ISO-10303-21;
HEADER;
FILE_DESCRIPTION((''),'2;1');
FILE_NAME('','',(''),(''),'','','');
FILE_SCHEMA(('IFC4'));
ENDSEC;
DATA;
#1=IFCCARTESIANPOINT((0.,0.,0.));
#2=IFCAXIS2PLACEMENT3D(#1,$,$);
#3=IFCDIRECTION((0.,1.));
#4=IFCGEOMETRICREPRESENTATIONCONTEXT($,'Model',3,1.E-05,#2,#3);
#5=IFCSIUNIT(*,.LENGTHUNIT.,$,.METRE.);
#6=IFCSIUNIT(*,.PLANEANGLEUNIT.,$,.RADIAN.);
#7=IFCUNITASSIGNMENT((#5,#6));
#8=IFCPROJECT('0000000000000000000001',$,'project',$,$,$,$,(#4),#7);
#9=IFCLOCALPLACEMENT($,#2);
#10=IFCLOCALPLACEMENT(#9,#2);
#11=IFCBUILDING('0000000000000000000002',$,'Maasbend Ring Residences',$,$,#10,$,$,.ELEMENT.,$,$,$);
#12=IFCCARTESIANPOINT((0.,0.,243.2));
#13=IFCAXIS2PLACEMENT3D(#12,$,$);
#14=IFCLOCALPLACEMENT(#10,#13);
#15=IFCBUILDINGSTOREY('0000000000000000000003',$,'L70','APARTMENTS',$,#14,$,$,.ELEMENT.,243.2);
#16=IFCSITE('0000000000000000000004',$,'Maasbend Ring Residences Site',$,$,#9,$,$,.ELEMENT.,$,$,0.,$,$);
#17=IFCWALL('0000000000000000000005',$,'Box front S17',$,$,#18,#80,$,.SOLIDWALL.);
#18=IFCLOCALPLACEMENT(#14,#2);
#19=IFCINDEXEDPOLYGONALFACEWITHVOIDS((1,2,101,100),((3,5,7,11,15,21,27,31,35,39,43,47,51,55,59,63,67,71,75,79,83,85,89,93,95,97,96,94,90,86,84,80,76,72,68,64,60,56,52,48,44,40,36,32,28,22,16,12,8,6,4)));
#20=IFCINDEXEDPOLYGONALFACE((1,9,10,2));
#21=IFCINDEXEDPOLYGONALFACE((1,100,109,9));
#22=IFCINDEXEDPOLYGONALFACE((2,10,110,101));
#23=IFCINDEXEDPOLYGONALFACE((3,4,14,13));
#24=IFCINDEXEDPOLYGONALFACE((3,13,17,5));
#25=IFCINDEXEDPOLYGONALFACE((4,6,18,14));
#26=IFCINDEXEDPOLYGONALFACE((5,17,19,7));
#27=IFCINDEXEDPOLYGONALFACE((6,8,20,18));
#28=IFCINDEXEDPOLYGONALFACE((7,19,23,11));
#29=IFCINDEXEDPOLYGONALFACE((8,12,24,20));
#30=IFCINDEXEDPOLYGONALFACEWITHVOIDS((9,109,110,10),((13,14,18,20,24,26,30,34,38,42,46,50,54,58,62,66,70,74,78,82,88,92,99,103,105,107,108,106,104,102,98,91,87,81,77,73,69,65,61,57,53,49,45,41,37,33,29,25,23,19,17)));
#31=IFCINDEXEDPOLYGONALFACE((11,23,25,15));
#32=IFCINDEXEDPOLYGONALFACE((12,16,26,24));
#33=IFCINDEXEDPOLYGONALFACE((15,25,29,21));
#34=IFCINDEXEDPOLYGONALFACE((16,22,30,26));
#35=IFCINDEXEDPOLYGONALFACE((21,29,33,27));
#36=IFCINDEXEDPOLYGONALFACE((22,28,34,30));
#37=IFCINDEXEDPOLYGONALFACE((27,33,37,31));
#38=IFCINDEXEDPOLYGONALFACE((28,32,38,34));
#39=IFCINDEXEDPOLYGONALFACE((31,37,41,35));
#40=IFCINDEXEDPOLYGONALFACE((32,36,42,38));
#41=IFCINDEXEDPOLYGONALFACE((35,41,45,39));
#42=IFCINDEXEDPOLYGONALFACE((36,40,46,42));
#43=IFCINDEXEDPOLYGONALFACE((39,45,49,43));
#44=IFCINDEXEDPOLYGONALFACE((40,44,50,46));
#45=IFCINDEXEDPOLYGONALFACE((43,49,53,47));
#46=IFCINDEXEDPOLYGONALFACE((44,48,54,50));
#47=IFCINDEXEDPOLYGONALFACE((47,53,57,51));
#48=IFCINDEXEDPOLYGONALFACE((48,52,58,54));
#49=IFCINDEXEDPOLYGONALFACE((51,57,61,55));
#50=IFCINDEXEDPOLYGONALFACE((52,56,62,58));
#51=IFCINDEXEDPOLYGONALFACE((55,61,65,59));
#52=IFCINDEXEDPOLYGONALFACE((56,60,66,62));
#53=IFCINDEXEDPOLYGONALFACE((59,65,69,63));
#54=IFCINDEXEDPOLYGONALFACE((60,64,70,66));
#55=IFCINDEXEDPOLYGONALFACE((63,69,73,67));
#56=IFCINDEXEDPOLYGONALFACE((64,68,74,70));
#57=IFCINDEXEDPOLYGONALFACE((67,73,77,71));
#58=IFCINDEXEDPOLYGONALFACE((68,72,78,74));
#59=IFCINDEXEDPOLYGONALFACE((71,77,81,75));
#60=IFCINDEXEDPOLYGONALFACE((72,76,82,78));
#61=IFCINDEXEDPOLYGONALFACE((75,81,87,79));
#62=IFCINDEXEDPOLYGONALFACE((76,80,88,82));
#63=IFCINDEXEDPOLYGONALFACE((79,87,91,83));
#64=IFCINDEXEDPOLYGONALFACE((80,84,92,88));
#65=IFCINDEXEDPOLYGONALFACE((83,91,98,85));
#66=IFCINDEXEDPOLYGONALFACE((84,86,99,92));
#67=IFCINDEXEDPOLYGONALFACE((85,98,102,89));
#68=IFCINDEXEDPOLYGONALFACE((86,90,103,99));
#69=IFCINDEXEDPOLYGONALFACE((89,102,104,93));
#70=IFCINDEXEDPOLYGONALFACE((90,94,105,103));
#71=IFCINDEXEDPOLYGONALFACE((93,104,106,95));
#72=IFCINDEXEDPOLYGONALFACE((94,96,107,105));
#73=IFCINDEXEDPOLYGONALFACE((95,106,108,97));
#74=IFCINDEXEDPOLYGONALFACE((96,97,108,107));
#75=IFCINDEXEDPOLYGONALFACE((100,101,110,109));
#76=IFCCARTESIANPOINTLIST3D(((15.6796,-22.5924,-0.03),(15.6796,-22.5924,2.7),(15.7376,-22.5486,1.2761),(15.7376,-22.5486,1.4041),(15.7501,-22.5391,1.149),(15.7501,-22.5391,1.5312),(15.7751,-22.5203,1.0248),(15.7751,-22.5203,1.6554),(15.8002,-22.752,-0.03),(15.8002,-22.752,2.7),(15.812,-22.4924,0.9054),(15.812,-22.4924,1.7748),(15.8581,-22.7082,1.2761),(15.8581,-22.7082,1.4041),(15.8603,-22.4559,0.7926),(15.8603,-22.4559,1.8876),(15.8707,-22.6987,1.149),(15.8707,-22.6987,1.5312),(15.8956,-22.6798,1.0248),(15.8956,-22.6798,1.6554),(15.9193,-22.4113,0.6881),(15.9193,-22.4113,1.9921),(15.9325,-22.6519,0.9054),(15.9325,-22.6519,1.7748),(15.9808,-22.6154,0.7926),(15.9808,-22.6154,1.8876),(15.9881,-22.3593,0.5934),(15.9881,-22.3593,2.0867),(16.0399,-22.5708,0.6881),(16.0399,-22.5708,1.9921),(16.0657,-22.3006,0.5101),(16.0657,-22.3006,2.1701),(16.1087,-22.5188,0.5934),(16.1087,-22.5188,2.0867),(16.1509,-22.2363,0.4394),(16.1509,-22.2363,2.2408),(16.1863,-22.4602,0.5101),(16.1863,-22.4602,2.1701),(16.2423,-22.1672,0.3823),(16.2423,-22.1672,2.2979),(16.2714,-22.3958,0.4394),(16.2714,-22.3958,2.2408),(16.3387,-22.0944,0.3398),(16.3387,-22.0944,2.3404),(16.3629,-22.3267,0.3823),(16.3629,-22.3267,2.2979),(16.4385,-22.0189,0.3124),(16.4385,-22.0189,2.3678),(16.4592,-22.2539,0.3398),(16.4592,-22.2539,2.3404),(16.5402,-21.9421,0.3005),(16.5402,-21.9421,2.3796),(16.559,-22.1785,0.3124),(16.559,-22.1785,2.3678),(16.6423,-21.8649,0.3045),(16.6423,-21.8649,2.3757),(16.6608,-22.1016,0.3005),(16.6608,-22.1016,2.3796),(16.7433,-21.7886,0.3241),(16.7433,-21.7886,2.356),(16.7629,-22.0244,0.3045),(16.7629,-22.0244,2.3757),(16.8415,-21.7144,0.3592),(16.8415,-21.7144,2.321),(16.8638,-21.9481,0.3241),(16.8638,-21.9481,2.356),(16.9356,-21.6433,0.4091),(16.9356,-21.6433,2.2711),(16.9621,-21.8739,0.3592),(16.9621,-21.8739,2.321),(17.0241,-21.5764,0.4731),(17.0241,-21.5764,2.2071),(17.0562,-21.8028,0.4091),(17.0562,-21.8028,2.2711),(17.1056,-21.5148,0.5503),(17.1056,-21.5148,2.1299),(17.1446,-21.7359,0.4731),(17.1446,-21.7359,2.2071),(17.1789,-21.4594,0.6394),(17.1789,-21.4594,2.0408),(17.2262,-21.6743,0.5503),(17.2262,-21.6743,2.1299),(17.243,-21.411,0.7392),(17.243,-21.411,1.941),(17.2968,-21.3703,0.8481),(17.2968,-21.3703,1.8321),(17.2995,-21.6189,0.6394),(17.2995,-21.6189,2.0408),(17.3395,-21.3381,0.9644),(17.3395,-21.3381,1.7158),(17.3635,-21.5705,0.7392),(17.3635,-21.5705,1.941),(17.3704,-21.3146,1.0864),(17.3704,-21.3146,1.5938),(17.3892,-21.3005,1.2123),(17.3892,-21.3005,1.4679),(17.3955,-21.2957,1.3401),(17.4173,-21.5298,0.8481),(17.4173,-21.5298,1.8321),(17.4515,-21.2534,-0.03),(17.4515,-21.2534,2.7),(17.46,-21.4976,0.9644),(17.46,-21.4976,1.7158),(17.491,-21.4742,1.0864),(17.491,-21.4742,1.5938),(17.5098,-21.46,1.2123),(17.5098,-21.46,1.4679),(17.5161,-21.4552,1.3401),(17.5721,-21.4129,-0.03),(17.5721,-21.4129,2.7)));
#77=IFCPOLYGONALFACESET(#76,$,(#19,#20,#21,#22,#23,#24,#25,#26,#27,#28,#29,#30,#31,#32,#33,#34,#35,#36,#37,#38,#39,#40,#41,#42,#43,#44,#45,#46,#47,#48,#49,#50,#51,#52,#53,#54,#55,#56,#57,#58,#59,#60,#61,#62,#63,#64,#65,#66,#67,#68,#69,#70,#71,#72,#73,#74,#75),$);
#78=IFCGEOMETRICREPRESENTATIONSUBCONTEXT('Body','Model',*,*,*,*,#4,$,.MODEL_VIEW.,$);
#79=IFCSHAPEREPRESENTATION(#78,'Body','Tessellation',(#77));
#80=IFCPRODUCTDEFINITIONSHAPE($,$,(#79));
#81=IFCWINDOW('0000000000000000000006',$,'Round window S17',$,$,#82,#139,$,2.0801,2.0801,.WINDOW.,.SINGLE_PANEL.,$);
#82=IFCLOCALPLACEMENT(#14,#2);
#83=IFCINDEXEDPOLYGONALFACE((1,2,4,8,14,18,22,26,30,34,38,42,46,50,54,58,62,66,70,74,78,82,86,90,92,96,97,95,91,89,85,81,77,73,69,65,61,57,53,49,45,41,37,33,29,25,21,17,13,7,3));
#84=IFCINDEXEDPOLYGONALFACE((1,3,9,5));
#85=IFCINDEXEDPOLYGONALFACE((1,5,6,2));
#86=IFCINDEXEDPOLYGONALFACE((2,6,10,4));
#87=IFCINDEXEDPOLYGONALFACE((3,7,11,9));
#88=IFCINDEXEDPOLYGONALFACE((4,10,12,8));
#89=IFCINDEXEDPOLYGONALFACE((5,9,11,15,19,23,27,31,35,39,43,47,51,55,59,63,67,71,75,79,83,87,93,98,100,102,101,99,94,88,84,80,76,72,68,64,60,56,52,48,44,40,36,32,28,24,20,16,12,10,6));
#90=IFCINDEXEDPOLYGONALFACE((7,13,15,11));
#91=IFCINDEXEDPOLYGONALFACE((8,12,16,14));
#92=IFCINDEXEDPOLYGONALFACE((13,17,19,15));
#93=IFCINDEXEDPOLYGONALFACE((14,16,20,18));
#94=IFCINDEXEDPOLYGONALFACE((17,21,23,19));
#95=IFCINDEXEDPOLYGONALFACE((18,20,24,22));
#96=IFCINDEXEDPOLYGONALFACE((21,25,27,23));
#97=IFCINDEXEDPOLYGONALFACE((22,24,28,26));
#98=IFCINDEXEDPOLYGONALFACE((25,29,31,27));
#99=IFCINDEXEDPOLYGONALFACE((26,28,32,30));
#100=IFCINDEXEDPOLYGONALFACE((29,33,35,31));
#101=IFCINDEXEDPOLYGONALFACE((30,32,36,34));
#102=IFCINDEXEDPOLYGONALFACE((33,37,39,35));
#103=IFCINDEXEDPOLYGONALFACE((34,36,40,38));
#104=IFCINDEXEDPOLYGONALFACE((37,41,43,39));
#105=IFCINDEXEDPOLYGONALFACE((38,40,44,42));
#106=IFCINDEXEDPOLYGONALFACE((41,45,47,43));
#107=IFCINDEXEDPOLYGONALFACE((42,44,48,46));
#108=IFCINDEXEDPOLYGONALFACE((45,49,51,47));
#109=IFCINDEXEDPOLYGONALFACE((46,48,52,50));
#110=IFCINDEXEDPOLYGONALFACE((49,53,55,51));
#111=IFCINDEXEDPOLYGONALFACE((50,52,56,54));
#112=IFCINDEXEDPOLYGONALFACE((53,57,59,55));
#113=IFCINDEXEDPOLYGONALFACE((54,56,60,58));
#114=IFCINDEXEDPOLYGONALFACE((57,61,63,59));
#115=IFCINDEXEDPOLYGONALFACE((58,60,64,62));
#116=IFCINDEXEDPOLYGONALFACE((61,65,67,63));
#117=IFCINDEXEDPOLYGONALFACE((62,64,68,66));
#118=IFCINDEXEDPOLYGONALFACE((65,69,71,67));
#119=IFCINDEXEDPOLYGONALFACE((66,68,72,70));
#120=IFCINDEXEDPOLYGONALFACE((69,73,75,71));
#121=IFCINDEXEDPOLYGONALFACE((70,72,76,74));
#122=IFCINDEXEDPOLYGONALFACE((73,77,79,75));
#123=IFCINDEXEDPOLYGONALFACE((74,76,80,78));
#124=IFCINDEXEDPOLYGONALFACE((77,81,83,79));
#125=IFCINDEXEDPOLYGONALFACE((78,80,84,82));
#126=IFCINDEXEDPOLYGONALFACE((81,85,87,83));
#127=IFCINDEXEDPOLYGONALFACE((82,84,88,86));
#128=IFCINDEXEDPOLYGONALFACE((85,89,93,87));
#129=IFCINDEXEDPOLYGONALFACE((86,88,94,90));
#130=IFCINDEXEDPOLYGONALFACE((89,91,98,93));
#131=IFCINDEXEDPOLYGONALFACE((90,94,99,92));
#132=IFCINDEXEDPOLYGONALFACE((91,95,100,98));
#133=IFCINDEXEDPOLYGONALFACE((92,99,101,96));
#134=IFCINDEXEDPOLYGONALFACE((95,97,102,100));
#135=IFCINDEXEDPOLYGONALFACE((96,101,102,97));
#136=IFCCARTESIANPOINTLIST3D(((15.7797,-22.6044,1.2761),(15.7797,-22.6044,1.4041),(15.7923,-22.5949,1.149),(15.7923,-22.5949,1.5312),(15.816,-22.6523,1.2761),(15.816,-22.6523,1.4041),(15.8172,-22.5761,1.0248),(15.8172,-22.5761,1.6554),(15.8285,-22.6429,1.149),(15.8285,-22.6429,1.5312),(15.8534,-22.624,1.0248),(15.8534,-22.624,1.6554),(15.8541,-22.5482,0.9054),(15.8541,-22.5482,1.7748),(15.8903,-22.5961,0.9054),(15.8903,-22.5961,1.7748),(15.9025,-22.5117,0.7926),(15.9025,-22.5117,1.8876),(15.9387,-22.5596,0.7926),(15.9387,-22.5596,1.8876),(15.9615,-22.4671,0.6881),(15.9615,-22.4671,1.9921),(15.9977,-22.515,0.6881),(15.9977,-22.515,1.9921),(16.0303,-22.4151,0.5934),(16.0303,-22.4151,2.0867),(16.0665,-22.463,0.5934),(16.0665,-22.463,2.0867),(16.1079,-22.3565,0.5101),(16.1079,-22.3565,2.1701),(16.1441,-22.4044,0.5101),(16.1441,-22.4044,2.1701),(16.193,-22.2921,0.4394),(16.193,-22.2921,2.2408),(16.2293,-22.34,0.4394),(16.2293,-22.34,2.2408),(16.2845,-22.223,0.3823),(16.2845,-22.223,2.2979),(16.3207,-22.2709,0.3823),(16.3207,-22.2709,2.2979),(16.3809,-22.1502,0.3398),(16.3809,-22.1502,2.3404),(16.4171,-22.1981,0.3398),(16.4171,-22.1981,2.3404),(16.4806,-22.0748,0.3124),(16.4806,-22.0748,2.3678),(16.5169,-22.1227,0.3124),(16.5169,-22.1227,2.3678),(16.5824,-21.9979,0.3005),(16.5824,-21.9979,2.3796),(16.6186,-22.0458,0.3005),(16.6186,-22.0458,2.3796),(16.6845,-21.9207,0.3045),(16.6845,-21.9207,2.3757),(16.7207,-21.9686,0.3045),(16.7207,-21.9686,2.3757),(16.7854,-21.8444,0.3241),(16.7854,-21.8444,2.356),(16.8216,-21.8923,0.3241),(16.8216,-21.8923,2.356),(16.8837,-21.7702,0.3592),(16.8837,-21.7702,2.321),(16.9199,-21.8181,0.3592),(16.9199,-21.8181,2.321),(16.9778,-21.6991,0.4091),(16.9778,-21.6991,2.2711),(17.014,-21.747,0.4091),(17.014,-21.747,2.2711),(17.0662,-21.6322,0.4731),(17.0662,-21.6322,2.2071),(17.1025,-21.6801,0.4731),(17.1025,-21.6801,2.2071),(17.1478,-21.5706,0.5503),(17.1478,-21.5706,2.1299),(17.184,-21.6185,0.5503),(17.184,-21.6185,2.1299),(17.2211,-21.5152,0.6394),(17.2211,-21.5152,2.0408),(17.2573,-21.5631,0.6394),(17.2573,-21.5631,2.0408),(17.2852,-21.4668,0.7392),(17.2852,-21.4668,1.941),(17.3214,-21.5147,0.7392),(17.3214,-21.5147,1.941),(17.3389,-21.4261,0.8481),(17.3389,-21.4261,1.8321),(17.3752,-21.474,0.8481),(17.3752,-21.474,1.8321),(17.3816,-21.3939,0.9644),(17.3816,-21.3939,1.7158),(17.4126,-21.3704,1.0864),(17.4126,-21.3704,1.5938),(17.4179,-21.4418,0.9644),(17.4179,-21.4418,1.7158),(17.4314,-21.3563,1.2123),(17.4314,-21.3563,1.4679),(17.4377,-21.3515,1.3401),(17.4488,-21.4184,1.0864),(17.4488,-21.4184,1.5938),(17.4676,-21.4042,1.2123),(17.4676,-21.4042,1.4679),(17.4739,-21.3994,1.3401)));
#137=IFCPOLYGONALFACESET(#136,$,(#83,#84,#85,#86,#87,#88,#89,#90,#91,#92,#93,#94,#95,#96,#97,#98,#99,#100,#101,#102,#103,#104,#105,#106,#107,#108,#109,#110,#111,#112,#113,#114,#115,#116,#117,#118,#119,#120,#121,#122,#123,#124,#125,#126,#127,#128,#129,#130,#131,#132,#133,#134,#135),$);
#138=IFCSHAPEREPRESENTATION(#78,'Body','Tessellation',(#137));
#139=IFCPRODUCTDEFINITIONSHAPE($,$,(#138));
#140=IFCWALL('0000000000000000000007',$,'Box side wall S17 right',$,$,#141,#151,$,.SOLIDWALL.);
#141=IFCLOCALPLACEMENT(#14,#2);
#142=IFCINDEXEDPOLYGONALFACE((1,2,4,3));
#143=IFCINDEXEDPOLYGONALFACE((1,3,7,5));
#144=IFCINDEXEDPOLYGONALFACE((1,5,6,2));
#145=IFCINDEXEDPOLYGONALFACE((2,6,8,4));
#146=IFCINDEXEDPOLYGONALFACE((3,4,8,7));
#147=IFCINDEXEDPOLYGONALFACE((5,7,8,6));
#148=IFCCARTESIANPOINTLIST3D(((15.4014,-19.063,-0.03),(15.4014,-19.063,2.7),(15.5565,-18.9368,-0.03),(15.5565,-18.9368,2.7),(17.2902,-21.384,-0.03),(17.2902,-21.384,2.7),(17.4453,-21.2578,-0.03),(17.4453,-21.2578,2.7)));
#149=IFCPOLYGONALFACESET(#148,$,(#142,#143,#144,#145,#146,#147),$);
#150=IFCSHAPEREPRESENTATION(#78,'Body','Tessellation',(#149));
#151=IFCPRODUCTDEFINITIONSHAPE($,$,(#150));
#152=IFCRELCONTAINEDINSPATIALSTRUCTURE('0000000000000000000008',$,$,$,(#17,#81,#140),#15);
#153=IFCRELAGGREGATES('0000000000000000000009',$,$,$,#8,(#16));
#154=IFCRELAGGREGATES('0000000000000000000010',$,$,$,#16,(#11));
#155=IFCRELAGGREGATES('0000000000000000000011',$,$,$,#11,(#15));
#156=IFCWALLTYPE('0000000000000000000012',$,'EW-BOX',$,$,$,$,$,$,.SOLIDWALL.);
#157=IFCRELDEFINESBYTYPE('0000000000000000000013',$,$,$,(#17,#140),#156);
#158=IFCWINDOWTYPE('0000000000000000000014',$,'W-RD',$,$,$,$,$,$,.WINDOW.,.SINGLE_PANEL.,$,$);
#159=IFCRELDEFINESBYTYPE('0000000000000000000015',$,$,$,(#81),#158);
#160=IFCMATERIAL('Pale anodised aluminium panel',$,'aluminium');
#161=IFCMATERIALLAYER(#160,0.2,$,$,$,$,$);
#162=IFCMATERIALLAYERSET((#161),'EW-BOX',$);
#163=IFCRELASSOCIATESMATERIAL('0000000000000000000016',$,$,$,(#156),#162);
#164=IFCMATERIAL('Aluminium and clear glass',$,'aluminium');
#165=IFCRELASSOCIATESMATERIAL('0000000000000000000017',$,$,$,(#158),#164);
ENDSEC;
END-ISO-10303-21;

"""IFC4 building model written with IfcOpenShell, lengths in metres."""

from ifc_helpers import new_model, si_unit, direction, frame, frame_2d, origin, place, context, subcontext, project, spatial, rectangle, circle, extrude, material, layer, layer_set, type_object, element, fill, save


model = new_model("IFC4")

# Units and contexts
model_context = context("Model", 3, precision=1e-05, world=origin(), true_north=direction((0.0, 1.0)))
body_context = subcontext(model_context, "Body", "Model", "MODEL_VIEW")
ifc_project = project(units=[si_unit("LENGTHUNIT", "METRE"), si_unit("PLANEANGLEUNIT", "RADIAN")], contexts=[model_context])

# Site, building, storey
site_placement = place(None, origin())
site = spatial("IfcSite", under=ifc_project, at=site_placement, Name="Maasbend Ring Residences Site", CompositionType="ELEMENT", RefElevation=0.0)
building_placement = place(site_placement, origin())
building = spatial("IfcBuilding", under=site, at=building_placement, Name="Maasbend Ring Residences", CompositionType="ELEMENT")
storey_placement = place(building_placement, frame((0.0, 0.0, 243.2)))
storey = spatial("IfcBuildingStorey", under=building, at=storey_placement, Name="L70", Description="APARTMENTS", CompositionType="ELEMENT", Elevation=243.2)

# Wall, opening, window
ifc_material_1 = material(Name="Pale anodised aluminium panel", Category="aluminium")
ifc_layer_1 = layer(ifc_material_1, 0.2)
ifc_layer_set_1 = layer_set([ifc_layer_1], Name="EW-BOX")
wall_type_1 = type_object("IfcWallType", Name="EW-BOX", PredefinedType="SOLIDWALL", material=ifc_layer_set_1)
wall_1_placement = place(storey_placement, frame((15.74, -22.6721, -0.03), z_axis=(0.0, 0.0, 1.0), x_axis=(0.797805, 0.602916, 0.0)))
wall_1 = element("IfcWall", 1, at=wall_1_placement, inside=storey, type_object=wall_type_1, Name="Box front S17", PredefinedType="SOLIDWALL", context=body_context, shape_type="SweptSolid", body=[
    extrude(rectangle(XDim=2.2209, YDim=0.2, at=frame_2d((1.1104, 0.0))), origin(), (0.0, 0.0, 1.0), 2.73),
])
opening_1_placement = place(wall_1_placement, frame((0.0706, 0.0, 0.3301)))
opening_1 = element("IfcOpeningElement", 2, at=opening_1_placement, cuts=wall_1, PredefinedType="OPENING", context=body_context, shape_type="SweptSolid", body=[
    extrude(circle(Radius=1.04, at=frame_2d((1.04, 1.04))), frame((0.0, 0.1099, 0.0), z_axis=(0.0, -1.0, 0.0), x_axis=(1.0, 0.0, 0.0)), (0.0, 0.0, 1.0), 0.22),
])
ifc_material_2 = material(Name="Aluminium and clear glass", Category="aluminium")
window_type_1 = type_object("IfcWindowType", Name="W-RD", PartitioningType="SINGLE_PANEL", PredefinedType="WINDOW", material=ifc_material_2)
window_1_placement = place(opening_1_placement, origin())
window_1 = element("IfcWindow", 3, at=window_1_placement, inside=storey, type_object=window_type_1, Name="Round window S17", OverallHeight=2.0801, OverallWidth=2.0801, PartitioningType="SINGLE_PANEL", PredefinedType="WINDOW", context=body_context, shape_type="SweptSolid", body=[
    extrude(circle(Radius=1.04, at=frame_2d((1.04, 1.04))), frame((0.0, 0.03, 0.0), z_axis=(0.0, -1.0, 0.0), x_axis=(1.0, 0.0, 0.0)), (0.0, 0.0, 1.0), 0.0601),
])
fill(opening_1, window_1)

# Wall
wall_2_placement = place(storey_placement, frame((15.479, -19.0, -0.03), z_axis=(0.0, 0.0, 1.0), x_axis=(0.63121, -0.775612, 0.0)))
element("IfcWall", 4, at=wall_2_placement, inside=storey, type_object=wall_type_1, Name="Box side wall S17 right", PredefinedType="SOLIDWALL", context=body_context, shape_type="SweptSolid", body=[
    extrude(rectangle(XDim=2.9924, YDim=0.2, at=frame_2d((1.4961, 0.0))), origin(), (0.0, 0.0, 1.0), 2.73),
])

save(model, "model.ifc")
